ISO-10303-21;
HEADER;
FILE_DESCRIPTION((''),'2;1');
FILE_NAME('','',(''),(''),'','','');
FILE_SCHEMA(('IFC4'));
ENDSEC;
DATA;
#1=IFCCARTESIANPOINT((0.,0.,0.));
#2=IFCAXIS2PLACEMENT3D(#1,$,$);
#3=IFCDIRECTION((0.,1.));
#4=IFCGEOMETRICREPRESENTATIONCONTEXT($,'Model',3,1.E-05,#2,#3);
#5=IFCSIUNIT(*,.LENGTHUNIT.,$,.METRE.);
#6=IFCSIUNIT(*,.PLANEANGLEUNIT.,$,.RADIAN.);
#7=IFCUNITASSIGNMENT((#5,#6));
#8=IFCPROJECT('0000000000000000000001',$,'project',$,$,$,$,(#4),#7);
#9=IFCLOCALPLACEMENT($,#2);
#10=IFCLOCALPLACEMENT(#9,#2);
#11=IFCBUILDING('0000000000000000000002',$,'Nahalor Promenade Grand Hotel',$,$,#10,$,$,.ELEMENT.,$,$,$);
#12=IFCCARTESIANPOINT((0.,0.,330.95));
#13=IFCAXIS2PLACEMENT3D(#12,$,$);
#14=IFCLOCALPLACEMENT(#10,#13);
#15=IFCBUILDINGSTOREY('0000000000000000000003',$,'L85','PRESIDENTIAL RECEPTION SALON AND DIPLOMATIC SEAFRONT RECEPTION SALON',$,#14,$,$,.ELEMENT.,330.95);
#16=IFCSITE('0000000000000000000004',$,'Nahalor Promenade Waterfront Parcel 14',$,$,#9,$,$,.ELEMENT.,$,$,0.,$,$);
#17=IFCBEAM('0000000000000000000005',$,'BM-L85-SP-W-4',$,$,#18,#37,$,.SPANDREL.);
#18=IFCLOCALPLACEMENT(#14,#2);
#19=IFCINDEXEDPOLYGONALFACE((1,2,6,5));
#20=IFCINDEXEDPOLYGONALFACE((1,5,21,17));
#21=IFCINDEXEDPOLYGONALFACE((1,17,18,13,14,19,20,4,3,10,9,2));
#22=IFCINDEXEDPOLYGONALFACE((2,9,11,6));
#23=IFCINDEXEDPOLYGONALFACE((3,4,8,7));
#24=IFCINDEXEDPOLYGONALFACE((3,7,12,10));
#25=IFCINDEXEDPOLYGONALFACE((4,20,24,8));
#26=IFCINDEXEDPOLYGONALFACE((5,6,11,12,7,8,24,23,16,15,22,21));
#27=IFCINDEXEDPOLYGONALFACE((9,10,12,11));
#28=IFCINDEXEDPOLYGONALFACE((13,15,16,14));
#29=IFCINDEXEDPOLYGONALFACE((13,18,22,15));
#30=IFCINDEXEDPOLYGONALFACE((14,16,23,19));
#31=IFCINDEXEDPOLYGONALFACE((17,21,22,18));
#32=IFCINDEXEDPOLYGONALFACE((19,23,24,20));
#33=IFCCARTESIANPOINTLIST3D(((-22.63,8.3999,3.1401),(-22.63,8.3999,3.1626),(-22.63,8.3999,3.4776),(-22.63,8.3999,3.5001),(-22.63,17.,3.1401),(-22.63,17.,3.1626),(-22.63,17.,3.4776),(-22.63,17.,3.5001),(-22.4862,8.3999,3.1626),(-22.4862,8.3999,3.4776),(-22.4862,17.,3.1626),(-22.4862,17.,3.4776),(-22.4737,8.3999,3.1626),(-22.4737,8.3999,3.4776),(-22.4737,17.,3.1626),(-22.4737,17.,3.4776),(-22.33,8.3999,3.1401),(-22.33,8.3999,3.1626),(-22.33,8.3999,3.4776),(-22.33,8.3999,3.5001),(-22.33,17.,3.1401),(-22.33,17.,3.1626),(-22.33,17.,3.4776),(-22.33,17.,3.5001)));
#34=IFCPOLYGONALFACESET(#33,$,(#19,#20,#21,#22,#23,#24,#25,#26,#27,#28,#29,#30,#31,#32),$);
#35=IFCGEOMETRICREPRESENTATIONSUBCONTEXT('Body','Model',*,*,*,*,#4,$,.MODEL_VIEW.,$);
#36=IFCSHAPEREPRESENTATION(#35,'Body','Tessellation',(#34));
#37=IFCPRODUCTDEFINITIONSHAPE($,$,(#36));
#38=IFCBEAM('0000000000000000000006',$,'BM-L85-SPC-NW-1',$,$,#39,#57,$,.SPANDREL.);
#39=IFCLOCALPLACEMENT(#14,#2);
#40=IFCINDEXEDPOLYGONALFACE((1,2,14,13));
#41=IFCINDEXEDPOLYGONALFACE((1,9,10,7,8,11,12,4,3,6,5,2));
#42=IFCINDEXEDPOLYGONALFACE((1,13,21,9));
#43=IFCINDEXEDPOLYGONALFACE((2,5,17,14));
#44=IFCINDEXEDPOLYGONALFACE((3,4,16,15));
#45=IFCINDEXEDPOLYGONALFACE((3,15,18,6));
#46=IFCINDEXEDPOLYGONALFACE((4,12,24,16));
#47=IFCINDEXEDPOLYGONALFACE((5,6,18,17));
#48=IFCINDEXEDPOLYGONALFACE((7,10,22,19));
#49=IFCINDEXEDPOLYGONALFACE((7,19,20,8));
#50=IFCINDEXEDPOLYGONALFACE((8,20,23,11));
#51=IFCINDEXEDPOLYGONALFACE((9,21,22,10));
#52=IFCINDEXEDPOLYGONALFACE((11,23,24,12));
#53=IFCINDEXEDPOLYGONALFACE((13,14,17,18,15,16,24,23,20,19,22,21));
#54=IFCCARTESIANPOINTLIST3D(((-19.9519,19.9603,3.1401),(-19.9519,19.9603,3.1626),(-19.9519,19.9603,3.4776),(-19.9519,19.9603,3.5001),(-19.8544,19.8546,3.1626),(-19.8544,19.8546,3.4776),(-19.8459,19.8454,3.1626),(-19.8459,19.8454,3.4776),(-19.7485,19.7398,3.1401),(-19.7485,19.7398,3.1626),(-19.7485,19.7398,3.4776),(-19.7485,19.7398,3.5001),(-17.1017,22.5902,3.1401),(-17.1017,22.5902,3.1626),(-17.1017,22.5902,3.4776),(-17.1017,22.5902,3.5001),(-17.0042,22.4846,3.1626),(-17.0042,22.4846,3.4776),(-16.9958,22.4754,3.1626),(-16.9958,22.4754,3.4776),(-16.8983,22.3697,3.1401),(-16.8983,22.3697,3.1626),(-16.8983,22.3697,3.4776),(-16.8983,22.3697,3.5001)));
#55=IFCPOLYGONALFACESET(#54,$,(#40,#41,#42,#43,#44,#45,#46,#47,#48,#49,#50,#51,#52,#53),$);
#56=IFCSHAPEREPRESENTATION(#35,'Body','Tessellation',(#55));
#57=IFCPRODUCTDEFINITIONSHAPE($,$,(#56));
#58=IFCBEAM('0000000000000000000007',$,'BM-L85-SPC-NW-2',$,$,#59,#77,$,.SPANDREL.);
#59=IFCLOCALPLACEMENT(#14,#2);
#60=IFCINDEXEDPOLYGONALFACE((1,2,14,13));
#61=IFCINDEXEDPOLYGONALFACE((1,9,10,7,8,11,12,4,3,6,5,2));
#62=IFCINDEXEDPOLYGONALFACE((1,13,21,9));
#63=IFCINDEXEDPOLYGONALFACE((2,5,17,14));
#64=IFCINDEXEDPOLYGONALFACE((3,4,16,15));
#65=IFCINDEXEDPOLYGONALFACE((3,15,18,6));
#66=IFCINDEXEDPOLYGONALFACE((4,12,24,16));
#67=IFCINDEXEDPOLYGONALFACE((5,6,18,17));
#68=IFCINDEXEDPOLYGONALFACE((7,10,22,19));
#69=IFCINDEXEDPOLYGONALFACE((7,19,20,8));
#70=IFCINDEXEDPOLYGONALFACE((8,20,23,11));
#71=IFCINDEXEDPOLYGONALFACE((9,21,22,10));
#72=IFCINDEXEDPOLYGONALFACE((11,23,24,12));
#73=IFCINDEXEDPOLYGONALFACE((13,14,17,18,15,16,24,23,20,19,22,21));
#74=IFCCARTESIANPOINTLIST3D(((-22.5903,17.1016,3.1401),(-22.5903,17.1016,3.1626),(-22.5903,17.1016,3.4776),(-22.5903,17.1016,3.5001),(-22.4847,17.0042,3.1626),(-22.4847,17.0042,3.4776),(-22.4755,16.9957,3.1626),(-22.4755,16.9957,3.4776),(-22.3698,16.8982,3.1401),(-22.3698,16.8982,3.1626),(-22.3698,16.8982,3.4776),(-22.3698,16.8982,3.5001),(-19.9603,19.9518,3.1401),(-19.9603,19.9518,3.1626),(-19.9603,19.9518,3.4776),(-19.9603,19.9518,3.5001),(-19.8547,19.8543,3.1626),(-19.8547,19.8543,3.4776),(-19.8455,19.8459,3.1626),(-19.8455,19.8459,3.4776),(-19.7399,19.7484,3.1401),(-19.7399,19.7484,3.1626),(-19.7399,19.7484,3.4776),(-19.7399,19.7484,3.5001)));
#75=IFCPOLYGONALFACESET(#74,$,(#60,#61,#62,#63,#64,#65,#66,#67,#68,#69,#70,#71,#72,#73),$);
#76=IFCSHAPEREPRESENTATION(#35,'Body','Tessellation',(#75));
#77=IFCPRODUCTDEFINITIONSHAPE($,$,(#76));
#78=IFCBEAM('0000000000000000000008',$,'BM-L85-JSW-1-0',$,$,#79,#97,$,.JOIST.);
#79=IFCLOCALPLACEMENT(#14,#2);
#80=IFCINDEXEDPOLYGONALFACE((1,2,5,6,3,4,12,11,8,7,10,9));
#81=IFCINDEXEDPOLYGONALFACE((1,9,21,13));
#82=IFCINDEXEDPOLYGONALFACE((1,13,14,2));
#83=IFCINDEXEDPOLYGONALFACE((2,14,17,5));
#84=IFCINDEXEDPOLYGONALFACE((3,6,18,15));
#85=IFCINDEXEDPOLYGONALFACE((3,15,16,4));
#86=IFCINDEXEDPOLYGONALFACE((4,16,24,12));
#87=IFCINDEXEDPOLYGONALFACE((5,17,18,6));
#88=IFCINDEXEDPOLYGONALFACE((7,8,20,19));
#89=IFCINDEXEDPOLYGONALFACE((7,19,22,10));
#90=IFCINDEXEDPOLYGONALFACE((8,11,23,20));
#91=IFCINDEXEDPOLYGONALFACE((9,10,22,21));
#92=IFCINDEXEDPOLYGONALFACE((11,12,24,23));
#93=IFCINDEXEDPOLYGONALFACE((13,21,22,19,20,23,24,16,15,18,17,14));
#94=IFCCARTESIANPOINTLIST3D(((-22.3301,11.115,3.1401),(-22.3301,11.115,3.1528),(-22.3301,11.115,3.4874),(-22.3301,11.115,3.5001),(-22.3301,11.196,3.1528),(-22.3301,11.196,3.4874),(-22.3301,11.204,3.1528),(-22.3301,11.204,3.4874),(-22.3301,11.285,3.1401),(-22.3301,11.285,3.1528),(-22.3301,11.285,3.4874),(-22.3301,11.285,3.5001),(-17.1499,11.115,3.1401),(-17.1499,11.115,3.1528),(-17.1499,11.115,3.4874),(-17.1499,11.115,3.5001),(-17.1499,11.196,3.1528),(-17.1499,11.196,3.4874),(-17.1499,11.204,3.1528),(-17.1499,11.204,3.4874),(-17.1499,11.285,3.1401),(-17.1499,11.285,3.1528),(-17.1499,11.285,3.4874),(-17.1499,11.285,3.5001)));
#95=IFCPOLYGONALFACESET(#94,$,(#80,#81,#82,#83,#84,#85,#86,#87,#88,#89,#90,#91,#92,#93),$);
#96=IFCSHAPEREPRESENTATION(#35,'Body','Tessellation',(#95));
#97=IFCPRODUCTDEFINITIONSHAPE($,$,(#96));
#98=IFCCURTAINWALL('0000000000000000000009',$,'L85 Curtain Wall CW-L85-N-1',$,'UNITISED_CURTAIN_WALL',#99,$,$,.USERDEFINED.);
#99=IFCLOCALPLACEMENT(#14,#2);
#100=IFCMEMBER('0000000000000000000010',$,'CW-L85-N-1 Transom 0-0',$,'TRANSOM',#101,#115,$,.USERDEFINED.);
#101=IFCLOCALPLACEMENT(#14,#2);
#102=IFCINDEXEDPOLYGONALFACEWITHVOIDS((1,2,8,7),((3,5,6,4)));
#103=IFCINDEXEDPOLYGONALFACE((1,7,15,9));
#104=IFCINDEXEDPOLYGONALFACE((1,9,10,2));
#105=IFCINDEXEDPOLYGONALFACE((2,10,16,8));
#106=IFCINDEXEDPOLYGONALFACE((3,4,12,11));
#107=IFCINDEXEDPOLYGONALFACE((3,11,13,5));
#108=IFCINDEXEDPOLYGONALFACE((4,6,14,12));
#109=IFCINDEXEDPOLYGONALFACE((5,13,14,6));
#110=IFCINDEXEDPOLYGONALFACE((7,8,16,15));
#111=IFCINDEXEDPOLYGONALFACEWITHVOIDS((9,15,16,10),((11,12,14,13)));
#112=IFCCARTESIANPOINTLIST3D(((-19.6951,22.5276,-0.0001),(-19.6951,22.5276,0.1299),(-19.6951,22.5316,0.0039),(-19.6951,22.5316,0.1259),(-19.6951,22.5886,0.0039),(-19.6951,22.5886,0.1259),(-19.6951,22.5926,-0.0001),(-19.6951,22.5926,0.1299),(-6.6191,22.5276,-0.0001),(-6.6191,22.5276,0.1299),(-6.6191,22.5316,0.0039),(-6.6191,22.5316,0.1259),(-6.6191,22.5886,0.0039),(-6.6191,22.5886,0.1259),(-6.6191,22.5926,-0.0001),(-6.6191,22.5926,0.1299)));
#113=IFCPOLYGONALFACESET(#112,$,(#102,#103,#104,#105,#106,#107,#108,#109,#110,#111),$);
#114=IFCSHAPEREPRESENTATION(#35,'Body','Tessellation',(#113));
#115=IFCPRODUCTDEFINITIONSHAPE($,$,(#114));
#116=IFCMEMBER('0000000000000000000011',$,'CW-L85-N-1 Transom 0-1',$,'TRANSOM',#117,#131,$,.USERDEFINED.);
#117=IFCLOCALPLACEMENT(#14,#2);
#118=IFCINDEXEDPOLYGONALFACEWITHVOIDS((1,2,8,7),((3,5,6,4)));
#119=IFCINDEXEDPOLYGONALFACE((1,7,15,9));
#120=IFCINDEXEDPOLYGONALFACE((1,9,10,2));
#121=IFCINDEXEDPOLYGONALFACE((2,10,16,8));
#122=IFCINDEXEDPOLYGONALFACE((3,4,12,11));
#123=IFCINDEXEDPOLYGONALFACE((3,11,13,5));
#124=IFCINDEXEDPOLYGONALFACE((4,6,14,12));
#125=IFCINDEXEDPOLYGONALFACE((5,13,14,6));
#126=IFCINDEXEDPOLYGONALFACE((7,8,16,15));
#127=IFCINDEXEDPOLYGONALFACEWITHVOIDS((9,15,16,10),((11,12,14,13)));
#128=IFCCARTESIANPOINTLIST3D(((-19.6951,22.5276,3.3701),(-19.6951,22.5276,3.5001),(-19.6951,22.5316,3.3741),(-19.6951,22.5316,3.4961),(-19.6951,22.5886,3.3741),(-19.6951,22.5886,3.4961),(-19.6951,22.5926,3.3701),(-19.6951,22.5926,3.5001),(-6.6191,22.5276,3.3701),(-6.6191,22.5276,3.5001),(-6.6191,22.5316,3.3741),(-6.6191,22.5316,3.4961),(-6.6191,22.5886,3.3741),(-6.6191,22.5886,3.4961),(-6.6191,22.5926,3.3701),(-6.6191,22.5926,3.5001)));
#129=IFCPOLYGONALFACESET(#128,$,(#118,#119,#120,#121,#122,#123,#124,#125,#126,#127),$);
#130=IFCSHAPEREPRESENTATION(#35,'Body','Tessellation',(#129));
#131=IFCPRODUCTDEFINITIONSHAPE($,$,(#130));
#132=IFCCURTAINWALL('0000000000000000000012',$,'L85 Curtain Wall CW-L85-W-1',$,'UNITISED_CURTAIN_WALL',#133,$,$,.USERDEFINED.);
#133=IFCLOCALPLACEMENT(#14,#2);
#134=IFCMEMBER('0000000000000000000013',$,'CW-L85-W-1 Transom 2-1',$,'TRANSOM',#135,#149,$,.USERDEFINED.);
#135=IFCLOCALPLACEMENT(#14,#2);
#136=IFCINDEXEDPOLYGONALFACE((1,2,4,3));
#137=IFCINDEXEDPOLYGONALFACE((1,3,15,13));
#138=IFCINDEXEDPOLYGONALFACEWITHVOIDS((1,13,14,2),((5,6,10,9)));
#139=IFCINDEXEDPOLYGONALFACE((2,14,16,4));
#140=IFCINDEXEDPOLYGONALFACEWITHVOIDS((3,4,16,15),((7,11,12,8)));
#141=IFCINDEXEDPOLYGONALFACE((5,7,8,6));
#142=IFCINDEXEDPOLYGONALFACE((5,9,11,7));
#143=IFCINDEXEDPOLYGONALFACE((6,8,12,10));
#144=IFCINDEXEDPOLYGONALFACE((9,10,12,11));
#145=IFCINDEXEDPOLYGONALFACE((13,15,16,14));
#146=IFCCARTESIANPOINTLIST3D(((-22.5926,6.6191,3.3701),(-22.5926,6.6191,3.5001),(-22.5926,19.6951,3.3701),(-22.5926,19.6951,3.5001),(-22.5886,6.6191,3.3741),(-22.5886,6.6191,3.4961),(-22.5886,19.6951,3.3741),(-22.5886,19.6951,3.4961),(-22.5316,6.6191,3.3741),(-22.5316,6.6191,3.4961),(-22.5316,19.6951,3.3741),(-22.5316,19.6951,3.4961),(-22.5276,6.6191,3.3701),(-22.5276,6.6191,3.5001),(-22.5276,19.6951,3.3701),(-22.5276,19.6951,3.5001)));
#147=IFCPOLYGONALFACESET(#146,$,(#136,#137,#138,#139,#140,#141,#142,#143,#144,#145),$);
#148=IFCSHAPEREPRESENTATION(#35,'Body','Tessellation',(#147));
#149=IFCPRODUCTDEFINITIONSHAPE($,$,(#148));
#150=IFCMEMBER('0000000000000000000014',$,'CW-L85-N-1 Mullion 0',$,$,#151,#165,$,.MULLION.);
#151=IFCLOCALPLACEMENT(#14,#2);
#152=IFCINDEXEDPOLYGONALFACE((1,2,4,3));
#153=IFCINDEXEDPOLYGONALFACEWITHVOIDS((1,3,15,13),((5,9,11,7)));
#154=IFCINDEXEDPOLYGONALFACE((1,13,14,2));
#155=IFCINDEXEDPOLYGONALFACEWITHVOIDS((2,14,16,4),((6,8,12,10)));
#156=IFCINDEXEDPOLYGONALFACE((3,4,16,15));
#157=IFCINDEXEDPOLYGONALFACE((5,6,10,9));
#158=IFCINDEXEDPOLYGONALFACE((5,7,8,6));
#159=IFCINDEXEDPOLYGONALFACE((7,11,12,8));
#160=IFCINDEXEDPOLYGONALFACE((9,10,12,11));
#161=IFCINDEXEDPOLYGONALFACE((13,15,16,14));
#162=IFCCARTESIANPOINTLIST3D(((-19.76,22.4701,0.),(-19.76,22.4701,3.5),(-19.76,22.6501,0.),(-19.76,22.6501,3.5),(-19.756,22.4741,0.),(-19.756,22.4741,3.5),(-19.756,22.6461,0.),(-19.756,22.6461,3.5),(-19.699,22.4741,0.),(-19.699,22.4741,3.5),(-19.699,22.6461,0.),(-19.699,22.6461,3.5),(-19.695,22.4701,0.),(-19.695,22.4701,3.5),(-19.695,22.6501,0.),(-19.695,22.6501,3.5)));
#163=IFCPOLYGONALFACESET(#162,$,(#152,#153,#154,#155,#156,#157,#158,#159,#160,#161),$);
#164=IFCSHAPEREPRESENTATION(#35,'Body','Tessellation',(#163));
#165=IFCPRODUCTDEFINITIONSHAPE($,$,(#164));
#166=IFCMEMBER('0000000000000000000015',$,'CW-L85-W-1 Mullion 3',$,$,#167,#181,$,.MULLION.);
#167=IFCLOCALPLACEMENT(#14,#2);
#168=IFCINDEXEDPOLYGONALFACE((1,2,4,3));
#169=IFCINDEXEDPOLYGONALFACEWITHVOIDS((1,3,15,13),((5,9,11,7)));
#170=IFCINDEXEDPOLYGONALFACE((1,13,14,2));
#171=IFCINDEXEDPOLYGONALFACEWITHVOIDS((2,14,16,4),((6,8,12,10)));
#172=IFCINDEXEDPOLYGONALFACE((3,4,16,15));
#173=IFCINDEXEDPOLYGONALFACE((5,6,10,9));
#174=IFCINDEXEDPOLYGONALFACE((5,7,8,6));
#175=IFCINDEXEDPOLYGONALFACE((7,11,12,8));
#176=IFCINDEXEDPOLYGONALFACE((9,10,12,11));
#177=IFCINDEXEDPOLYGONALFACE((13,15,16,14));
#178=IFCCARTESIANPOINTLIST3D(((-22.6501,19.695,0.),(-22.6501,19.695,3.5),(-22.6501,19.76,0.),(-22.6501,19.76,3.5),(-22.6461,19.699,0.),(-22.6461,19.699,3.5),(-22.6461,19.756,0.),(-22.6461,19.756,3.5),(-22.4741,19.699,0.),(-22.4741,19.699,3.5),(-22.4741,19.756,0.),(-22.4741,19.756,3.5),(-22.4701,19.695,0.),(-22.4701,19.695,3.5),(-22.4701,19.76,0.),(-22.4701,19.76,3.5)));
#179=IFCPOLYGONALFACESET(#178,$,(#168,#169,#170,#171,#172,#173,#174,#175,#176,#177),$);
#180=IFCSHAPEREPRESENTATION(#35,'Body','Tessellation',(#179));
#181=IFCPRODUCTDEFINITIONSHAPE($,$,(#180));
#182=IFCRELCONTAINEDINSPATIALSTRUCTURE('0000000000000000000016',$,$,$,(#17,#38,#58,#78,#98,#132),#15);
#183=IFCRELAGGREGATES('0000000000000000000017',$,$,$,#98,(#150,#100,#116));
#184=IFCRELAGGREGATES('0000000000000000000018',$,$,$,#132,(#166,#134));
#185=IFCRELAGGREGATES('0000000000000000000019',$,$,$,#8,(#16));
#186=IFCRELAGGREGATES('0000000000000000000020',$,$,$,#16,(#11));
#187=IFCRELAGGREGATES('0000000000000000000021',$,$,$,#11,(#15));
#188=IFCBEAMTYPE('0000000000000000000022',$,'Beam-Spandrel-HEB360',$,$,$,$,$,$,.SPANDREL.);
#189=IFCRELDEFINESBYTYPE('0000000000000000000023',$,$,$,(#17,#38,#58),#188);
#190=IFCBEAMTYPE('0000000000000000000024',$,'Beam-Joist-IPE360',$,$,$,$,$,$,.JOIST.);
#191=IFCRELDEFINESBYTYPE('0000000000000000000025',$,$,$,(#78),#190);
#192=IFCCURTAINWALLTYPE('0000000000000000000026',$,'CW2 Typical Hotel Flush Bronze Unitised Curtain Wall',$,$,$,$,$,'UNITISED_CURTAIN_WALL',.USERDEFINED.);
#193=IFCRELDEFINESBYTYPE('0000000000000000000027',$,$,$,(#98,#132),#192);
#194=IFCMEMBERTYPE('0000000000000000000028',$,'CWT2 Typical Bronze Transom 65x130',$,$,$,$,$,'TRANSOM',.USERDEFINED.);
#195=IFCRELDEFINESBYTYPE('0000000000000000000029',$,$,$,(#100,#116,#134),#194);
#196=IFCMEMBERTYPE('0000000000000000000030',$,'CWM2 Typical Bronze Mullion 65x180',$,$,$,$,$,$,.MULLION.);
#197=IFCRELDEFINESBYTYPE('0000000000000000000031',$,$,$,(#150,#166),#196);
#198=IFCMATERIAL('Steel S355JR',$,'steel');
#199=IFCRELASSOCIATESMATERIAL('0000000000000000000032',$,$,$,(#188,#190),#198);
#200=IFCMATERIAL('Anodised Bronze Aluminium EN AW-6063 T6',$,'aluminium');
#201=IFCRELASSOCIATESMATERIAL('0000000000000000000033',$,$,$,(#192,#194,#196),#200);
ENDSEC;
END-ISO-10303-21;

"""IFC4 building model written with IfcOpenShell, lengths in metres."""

from ifc_helpers import new_model, si_unit, direction, frame, origin, origin_2d, place, context, subcontext, project, spatial, hollow_rectangle, i_section, extrude, source, transform, mapped, material, material_profile, profile_set, type_object, element, aggregate, save


model = new_model("IFC4")

# Units and contexts
model_context = context("Model", 3, precision=1e-05, world=origin(), true_north=direction((0.0, 1.0)))
body_context = subcontext(model_context, "Body", "Model", "MODEL_VIEW")
ifc_project = project(units=[si_unit("LENGTHUNIT", "METRE"), si_unit("PLANEANGLEUNIT", "RADIAN")], contexts=[model_context])

# Site, building, storey
site_placement = place(None, origin())
site = spatial("IfcSite", under=ifc_project, at=site_placement, Name="Nahalor Promenade Waterfront Parcel 14", CompositionType="ELEMENT", RefElevation=0.0)
building_placement = place(site_placement, origin())
building = spatial("IfcBuilding", under=site, at=building_placement, Name="Nahalor Promenade Grand Hotel", CompositionType="ELEMENT")
storey_placement = place(building_placement, frame((0.0, 0.0, 330.95)))
storey = spatial("IfcBuildingStorey", under=building, at=storey_placement, Name="L85", Description="PRESIDENTIAL RECEPTION SALON AND DIPLOMATIC SEAFRONT RECEPTION SALON", CompositionType="ELEMENT", Elevation=330.95)

# Shared definitions
ifc_material_1 = material(Name="Steel S355JR", Category="steel")

# Beams
ifc_material_profile_1 = material_profile(ifc_material_1, i_section(OverallWidth=0.3, OverallDepth=0.36, WebThickness=0.0125, FlangeThickness=0.0225, at=origin_2d()), Name="HEB 360")
ifc_profile_set_1 = profile_set([ifc_material_profile_1], Name="Steel S355JR")
beam_type_1 = type_object("IfcBeamType", Name="Beam-Spandrel-HEB360", PredefinedType="SPANDREL", material=ifc_profile_set_1)
shared_shape_1 = source(origin(), body_context, "Body", "SweptSolid", [
    extrude(i_section(OverallWidth=0.3, OverallDepth=0.36, WebThickness=0.0125, FlangeThickness=0.0225, at=origin_2d()), origin(), (0.0, 0.0, 1.0), 8.6001),
])
for number, where, z_axis, x_axis, name in (
    (1, (-22.48, 8.3999, 3.3201), (0.0, 1.0, 0.0), (-1.0, 0.0, 0.0), "BM-L85-SP-W-4"),
):
    element("IfcBeam", number, at=place(storey_placement, frame(where, z_axis=z_axis, x_axis=x_axis)), inside=storey, type_object=beam_type_1, Name=name, PredefinedType="SPANDREL", context=body_context, shape_type="MappedRepresentation", body=[
        mapped(shared_shape_1, transform((0.0, 0.0, 0.0), scale=1.0)),
    ])
shared_shape_2 = source(origin(), body_context, "Body", "SweptSolid", [
    extrude(i_section(OverallWidth=0.3, OverallDepth=0.36, WebThickness=0.0125, FlangeThickness=0.0225, at=origin_2d()), origin(), (0.0, 0.0, 1.0), 3.8782),
])
for number, where, z_axis, x_axis, name in (
    (2, (-17.0, 22.48, 3.3201), (-0.734929, -0.678144, 0.0), (0.678144, -0.734929, 0.0), "BM-L85-SPC-NW-1"),
    (3, (-19.8501, 19.8501, 3.3201), (-0.678144, -0.734929, 0.0), (0.734929, -0.678144, 0.0), "BM-L85-SPC-NW-2"),
):
    element("IfcBeam", number, at=place(storey_placement, frame(where, z_axis=z_axis, x_axis=x_axis)), inside=storey, type_object=beam_type_1, Name=name, PredefinedType="SPANDREL", context=body_context, shape_type="MappedRepresentation", body=[
        mapped(shared_shape_2, transform((0.0, 0.0, 0.0), scale=1.0)),
    ])
ifc_material_profile_2 = material_profile(ifc_material_1, i_section(OverallWidth=0.17, OverallDepth=0.36, WebThickness=0.008, FlangeThickness=0.0127, at=origin_2d()), Name="IPE 360")
ifc_profile_set_2 = profile_set([ifc_material_profile_2], Name="Steel S355JR")
beam_type_2 = type_object("IfcBeamType", Name="Beam-Joist-IPE360", PredefinedType="JOIST", material=ifc_profile_set_2)
shared_shape_3 = source(origin(), body_context, "Body", "SweptSolid", [
    extrude(i_section(OverallWidth=0.17, OverallDepth=0.36, WebThickness=0.008, FlangeThickness=0.0127, at=origin_2d()), origin(), (0.0, 0.0, 1.0), 5.1802),
])
beam_1_placement = place(storey_placement, frame((-22.3301, 11.2, 3.3201), z_axis=(1.0, 0.0, 0.0), x_axis=(0.0, 1.0, 0.0)))
element("IfcBeam", 4, at=beam_1_placement, inside=storey, type_object=beam_type_2, Name="BM-L85-JSW-1-0", PredefinedType="JOIST", context=body_context, shape_type="MappedRepresentation", body=[
    mapped(shared_shape_3, transform((0.0, 0.0, 0.0), scale=1.0)),
])

# Curtain wall, members
ifc_material_2 = material(Name="Anodised Bronze Aluminium EN AW-6063 T6", Category="aluminium")
curtain_wall_type = type_object("IfcCurtainWallType", Name="CW2 Typical Hotel Flush Bronze Unitised Curtain Wall", ElementType="UNITISED_CURTAIN_WALL", PredefinedType="USERDEFINED", material=ifc_material_2)
curtain_wall_1_placement = place(storey_placement, origin())
curtain_wall_1 = element("IfcCurtainWall", 5, at=curtain_wall_1_placement, inside=storey, type_object=curtain_wall_type, Name="L85 Curtain Wall CW-L85-N-1", ObjectType="UNITISED_CURTAIN_WALL", PredefinedType="USERDEFINED")
ifc_material_profile_3 = material_profile(ifc_material_2, hollow_rectangle(XDim=0.065, YDim=0.13, WallThickness=0.004, at=origin_2d()), Name="CWT 65x130x4")
ifc_profile_set_3 = profile_set([ifc_material_profile_3], Name="Anodised Bronze Aluminium EN AW-6063 T6")
member_type_1 = type_object("IfcMemberType", Name="CWT2 Typical Bronze Transom 65x130", ElementType="TRANSOM", PredefinedType="USERDEFINED", material=ifc_profile_set_3)
shared_shape_4 = source(origin(), body_context, "Body", "SweptSolid", [
    extrude(hollow_rectangle(XDim=0.065, YDim=0.13, WallThickness=0.004, at=origin_2d()), origin(), (0.0, 0.0, 1.0), 13.0759),
])
member_1_placement = place(storey_placement, frame((-19.6951, 22.5601, 0.0649), z_axis=(1.0, 0.0, 0.0), x_axis=(0.0, 1.0, 0.0)))
member_1 = element("IfcMember", 6, at=member_1_placement, type_object=member_type_1, Name="CW-L85-N-1 Transom 0-0", ObjectType="TRANSOM", PredefinedType="USERDEFINED", context=body_context, shape_type="MappedRepresentation", body=[
    mapped(shared_shape_4, transform((0.0, 0.0, 0.0), scale=1.0)),
])
member_2_placement = place(storey_placement, frame((-19.6951, 22.5601, 3.4351), z_axis=(1.0, 0.0, 0.0), x_axis=(0.0, 1.0, 0.0)))
member_2 = element("IfcMember", 7, at=member_2_placement, type_object=member_type_1, Name="CW-L85-N-1 Transom 0-1", ObjectType="TRANSOM", PredefinedType="USERDEFINED", context=body_context, shape_type="MappedRepresentation", body=[
    mapped(shared_shape_4, transform((0.0, 0.0, 0.0), scale=1.0)),
])

# Curtain wall, member
curtain_wall_2_placement = place(storey_placement, origin())
curtain_wall_2 = element("IfcCurtainWall", 8, at=curtain_wall_2_placement, inside=storey, type_object=curtain_wall_type, Name="L85 Curtain Wall CW-L85-W-1", ObjectType="UNITISED_CURTAIN_WALL", PredefinedType="USERDEFINED")
member_3_placement = place(storey_placement, frame((-22.5601, 6.6191, 3.4351), z_axis=(0.0, 1.0, 0.0), x_axis=(-1.0, 0.0, 0.0)))
member_3 = element("IfcMember", 9, at=member_3_placement, type_object=member_type_1, Name="CW-L85-W-1 Transom 2-1", ObjectType="TRANSOM", PredefinedType="USERDEFINED", context=body_context, shape_type="MappedRepresentation", body=[
    mapped(shared_shape_4, transform((0.0, 0.0, 0.0), scale=1.0)),
])

# Members
ifc_material_profile_4 = material_profile(ifc_material_2, hollow_rectangle(XDim=0.065, YDim=0.18, WallThickness=0.004, at=origin_2d()), Name="CWM 65x180x4")
ifc_profile_set_4 = profile_set([ifc_material_profile_4], Name="Anodised Bronze Aluminium EN AW-6063 T6")
member_type_2 = type_object("IfcMemberType", Name="CWM2 Typical Bronze Mullion 65x180", PredefinedType="MULLION", material=ifc_profile_set_4)
shared_shape_5 = source(origin(), body_context, "Body", "SweptSolid", [
    extrude(hollow_rectangle(XDim=0.065, YDim=0.18, WallThickness=0.004, at=origin_2d()), origin(), (0.0, 0.0, 1.0), 3.5),
])
member_4_placement = place(storey_placement, frame((-19.7275, 22.5601, 0.0), z_axis=(0.0, 0.0, 1.0), x_axis=(1.0, 0.0, 0.0)))
member_4 = element("IfcMember", 10, at=member_4_placement, type_object=member_type_2, Name="CW-L85-N-1 Mullion 0", PredefinedType="MULLION", context=body_context, shape_type="MappedRepresentation", body=[
    mapped(shared_shape_5, transform((0.0, 0.0, 0.0), scale=1.0)),
])
aggregate(curtain_wall_1, [member_4, member_1, member_2])
member_5_placement = place(storey_placement, frame((-22.5601, 19.7275, 0.0), z_axis=(0.0, 0.0, 1.0), x_axis=(0.0, 1.0, 0.0)))
member_5 = element("IfcMember", 11, at=member_5_placement, type_object=member_type_2, Name="CW-L85-W-1 Mullion 3", PredefinedType="MULLION", context=body_context, shape_type="MappedRepresentation", body=[
    mapped(shared_shape_5, transform((0.0, 0.0, 0.0), scale=1.0)),
])

aggregate(curtain_wall_2, [member_5, member_3])

save(model, "model.ifc")
